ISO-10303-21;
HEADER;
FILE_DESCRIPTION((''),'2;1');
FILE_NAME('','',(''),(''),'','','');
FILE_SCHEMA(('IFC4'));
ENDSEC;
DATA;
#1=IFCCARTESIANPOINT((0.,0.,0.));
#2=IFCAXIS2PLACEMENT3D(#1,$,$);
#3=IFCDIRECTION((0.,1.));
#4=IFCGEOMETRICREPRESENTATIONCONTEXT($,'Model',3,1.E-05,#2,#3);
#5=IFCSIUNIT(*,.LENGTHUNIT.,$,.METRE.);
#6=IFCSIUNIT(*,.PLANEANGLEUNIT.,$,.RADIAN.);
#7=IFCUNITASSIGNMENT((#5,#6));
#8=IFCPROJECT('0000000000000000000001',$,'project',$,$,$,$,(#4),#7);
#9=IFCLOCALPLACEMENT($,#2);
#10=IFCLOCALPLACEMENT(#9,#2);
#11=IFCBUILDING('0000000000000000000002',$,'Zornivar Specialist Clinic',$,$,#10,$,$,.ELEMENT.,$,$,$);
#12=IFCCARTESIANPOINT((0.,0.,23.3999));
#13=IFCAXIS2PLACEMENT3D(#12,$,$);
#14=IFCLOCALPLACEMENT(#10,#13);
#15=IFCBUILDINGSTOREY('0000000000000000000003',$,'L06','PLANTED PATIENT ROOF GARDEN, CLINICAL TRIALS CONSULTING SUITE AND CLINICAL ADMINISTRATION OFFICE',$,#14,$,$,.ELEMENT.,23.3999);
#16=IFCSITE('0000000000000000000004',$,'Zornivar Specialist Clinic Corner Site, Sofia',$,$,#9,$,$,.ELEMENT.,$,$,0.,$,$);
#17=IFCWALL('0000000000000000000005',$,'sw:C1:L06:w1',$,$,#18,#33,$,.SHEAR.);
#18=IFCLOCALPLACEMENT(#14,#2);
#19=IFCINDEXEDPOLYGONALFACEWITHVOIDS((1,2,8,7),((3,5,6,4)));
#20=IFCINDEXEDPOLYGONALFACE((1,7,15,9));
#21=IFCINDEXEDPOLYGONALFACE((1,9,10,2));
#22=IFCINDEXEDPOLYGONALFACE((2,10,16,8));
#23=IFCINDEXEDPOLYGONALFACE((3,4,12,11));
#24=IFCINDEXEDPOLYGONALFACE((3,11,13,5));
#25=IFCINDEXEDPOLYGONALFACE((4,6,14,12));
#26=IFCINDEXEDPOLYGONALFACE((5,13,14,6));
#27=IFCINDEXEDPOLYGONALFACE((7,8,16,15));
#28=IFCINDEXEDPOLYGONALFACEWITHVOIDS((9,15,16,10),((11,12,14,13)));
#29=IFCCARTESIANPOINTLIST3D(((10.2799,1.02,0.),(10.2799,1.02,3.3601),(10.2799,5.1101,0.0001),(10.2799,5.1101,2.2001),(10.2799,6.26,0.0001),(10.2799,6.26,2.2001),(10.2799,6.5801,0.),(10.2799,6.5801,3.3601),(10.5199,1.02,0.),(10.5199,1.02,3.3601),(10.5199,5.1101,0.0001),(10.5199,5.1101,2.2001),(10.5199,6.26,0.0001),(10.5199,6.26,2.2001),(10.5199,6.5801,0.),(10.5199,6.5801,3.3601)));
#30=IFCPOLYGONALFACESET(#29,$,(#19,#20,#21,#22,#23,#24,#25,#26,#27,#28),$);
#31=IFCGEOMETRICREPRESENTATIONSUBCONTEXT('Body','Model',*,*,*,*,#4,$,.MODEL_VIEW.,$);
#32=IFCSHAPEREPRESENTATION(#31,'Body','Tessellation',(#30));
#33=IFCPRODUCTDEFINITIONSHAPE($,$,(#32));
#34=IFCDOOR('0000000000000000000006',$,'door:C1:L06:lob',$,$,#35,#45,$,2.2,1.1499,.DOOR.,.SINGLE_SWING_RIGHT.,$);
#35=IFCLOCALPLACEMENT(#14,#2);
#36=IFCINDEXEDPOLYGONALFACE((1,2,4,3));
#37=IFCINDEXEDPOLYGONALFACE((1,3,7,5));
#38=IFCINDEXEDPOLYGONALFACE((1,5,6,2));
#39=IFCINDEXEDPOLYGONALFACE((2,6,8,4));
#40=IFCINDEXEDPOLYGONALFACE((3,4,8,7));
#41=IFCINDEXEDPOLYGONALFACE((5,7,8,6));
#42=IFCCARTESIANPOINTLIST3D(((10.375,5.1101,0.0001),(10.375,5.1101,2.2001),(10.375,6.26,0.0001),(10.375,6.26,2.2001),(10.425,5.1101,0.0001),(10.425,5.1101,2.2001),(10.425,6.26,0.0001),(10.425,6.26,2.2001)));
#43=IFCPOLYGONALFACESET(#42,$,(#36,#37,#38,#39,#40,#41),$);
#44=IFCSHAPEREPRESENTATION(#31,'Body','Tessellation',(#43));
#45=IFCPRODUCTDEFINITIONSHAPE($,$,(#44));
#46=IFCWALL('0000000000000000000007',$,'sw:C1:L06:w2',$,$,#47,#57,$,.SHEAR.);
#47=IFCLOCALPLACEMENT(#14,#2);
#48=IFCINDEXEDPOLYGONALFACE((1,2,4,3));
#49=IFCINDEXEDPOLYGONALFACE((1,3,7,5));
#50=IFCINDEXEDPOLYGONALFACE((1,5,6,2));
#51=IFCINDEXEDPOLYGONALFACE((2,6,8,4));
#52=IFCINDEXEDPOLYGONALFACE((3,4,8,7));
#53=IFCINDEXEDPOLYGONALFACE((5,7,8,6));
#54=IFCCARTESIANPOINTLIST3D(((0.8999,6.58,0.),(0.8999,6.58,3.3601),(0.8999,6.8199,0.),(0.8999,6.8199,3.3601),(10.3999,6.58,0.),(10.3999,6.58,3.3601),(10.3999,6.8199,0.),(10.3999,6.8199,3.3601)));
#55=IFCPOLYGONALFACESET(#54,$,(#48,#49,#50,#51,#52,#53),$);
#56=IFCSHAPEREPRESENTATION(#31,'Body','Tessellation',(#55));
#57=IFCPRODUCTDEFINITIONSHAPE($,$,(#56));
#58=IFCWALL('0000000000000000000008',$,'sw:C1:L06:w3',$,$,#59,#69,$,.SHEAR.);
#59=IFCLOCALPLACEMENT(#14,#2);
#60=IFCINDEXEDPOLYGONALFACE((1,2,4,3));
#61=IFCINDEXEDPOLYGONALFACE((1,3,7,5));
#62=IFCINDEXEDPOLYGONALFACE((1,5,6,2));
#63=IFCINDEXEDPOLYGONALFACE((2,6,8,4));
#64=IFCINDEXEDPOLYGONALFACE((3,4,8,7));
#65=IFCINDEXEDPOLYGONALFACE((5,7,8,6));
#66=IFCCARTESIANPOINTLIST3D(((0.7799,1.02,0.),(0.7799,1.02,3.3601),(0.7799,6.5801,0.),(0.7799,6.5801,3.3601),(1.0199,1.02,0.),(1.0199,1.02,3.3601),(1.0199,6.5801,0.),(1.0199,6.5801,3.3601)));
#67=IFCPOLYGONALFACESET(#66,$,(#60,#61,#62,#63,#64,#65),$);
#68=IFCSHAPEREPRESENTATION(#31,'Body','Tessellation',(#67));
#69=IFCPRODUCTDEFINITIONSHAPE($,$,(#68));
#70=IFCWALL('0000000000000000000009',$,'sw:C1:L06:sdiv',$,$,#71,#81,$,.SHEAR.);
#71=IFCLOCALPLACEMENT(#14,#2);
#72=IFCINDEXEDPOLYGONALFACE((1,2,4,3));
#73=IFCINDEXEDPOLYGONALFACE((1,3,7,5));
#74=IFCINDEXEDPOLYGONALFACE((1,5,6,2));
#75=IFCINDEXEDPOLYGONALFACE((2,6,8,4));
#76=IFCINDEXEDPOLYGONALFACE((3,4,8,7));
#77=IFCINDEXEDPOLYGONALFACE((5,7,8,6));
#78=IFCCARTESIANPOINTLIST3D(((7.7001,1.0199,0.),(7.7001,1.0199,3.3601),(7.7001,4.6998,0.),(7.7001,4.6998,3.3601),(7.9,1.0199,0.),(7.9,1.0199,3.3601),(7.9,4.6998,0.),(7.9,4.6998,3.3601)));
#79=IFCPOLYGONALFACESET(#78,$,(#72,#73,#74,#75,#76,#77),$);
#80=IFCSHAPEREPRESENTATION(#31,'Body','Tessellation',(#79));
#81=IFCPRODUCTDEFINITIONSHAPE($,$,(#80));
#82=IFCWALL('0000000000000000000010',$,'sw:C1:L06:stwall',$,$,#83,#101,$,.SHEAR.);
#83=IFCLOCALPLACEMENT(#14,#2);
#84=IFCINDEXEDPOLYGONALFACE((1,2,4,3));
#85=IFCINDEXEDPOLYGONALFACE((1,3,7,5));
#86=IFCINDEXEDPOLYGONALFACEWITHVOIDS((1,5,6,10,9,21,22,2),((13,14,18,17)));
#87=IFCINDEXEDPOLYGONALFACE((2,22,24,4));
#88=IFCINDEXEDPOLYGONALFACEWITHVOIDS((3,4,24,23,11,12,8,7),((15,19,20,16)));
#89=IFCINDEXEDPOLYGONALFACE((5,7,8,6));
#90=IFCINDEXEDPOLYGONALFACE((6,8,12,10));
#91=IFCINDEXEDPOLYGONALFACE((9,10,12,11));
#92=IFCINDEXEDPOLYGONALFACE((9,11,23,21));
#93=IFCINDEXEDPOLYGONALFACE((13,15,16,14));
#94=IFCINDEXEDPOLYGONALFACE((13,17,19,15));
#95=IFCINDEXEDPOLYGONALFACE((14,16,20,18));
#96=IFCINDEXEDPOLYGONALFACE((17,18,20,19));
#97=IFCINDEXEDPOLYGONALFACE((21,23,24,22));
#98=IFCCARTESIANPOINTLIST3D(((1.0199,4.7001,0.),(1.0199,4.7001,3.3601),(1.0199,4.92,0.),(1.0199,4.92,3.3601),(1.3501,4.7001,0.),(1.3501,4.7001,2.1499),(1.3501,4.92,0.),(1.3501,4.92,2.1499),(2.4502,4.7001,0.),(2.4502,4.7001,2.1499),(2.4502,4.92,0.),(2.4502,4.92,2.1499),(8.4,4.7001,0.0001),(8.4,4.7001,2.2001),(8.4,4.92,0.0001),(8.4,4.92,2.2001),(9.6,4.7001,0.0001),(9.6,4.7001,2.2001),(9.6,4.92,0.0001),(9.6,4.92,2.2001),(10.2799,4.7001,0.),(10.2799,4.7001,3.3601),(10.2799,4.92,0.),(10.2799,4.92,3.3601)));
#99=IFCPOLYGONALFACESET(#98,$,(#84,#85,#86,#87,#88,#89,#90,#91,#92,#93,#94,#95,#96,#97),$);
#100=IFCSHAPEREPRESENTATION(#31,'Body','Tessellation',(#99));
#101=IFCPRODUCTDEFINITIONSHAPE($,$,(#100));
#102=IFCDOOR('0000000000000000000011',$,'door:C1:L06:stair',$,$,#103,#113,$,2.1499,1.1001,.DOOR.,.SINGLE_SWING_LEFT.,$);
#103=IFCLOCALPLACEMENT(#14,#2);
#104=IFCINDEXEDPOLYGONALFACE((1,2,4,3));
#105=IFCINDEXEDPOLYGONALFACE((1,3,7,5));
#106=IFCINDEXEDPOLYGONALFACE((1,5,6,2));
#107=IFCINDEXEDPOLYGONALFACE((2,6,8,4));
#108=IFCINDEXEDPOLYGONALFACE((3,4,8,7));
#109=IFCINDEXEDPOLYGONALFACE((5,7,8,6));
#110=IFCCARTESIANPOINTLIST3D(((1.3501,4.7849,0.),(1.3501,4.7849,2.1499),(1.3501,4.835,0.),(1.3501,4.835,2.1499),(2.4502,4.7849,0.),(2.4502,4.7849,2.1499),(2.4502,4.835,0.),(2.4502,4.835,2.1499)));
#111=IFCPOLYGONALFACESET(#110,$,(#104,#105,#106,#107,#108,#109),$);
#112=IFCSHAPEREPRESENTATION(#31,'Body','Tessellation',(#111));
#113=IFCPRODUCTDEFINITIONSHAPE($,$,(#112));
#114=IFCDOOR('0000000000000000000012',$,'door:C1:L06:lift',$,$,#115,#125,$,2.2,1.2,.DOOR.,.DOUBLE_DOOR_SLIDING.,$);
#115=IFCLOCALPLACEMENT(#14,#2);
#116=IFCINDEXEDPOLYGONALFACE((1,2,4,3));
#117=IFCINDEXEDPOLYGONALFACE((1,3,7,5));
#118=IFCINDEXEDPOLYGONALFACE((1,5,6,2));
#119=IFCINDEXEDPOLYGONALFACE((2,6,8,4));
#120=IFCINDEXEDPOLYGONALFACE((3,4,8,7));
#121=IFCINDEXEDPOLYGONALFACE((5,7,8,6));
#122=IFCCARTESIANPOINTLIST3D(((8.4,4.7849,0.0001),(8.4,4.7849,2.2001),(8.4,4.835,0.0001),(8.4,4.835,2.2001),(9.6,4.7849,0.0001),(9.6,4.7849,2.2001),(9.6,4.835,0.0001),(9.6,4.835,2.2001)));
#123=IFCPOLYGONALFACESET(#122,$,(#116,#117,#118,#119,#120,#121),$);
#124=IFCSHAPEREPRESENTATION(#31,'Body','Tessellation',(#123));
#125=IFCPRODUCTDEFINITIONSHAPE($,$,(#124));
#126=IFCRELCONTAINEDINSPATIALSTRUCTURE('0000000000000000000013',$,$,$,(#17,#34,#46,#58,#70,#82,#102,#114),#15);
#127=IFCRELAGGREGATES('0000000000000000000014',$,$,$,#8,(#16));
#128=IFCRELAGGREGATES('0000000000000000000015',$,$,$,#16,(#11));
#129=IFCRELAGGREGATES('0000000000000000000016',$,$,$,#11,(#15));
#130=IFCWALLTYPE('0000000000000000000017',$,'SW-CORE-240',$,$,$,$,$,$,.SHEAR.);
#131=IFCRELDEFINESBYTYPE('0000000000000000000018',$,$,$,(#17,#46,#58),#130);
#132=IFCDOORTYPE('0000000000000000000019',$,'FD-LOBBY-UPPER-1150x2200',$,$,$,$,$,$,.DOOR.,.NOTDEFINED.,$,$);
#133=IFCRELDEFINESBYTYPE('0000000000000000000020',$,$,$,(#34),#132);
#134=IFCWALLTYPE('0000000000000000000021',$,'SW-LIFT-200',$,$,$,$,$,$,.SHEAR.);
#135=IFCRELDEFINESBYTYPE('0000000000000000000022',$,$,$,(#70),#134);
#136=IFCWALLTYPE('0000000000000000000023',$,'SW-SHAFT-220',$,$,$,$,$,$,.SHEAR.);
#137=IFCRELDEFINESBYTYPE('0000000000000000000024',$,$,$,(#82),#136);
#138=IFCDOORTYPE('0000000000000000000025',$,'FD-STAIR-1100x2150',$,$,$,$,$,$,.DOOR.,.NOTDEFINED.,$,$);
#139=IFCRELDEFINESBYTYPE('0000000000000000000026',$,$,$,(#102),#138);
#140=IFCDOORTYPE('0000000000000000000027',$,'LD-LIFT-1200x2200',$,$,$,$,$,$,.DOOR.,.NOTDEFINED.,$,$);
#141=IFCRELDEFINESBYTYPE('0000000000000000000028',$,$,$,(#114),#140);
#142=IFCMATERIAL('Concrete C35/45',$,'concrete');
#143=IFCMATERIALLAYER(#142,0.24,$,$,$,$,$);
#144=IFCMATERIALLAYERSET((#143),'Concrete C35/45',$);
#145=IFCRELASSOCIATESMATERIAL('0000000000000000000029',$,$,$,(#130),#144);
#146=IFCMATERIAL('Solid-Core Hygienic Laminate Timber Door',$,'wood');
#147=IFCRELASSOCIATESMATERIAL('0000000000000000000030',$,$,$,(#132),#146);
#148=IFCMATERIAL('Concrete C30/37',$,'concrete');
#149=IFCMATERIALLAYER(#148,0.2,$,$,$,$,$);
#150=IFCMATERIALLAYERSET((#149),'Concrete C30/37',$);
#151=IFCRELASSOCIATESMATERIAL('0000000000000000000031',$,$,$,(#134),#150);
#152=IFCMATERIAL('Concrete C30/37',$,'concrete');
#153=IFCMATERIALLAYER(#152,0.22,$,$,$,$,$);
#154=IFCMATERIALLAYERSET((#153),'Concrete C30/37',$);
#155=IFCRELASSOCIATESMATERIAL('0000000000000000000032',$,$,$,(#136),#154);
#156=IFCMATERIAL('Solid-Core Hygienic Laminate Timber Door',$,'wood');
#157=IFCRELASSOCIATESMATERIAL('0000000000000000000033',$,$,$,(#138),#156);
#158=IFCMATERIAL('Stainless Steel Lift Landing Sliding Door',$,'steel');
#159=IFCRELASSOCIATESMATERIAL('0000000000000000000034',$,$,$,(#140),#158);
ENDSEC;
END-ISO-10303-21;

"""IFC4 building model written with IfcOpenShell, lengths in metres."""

from ifc_helpers import new_model, si_unit, direction, frame, frame_2d, origin, place, context, subcontext, project, spatial, rectangle, extrude, material, layer, layer_set, type_object, element, fill, save


model = new_model("IFC4")

# Units and contexts
model_context = context("Model", 3, precision=1e-05, world=origin(), true_north=direction((0.0, 1.0)))
body_context = subcontext(model_context, "Body", "Model", "MODEL_VIEW")
ifc_project = project(units=[si_unit("LENGTHUNIT", "METRE"), si_unit("PLANEANGLEUNIT", "RADIAN")], contexts=[model_context])

# Site, building, storey
site_placement = place(None, origin())
site = spatial("IfcSite", under=ifc_project, at=site_placement, Name="Zornivar Specialist Clinic Corner Site, Sofia", CompositionType="ELEMENT", RefElevation=0.0)
building_placement = place(site_placement, origin())
building = spatial("IfcBuilding", under=site, at=building_placement, Name="Zornivar Specialist Clinic", CompositionType="ELEMENT")
storey_placement = place(building_placement, frame((0.0, 0.0, 23.3999)))
storey = spatial("IfcBuildingStorey", under=building, at=storey_placement, Name="L06", Description="PLANTED PATIENT ROOF GARDEN, CLINICAL TRIALS CONSULTING SUITE AND CLINICAL ADMINISTRATION OFFICE", CompositionType="ELEMENT", Elevation=23.3999)

# Wall, opening, door
ifc_material_1 = material(Name="Concrete C35/45", Category="concrete")
ifc_layer_1 = layer(ifc_material_1, 0.24)
ifc_layer_set_1 = layer_set([ifc_layer_1], Name="Concrete C35/45")
wall_type_1 = type_object("IfcWallType", Name="SW-CORE-240", PredefinedType="SHEAR", material=ifc_layer_set_1)
wall_1_placement = place(storey_placement, frame((10.3999, 1.02, 0.0), z_axis=(0.0, 0.0, 1.0), x_axis=(0.0, 1.0, 0.0)))
wall_1 = element("IfcWall", 1, at=wall_1_placement, inside=storey, type_object=wall_type_1, Name="sw:C1:L06:w1", PredefinedType="SHEAR", context=body_context, shape_type="SweptSolid", body=[
    extrude(rectangle(XDim=5.5601, YDim=0.24, at=frame_2d((2.78, 0.0))), origin(), (0.0, 0.0, 1.0), 3.3601),
])
opening_1_placement = place(wall_1_placement, frame((4.0901, 0.0, 0.0)))
opening_1 = element("IfcOpeningElement", 2, at=opening_1_placement, cuts=wall_1, PredefinedType="OPENING", context=body_context, shape_type="SweptSolid", body=[
    extrude(rectangle(XDim=1.1499, YDim=2.2, at=frame_2d((0.575, 1.1001))), frame((0.0, 0.1299, 0.0), z_axis=(0.0, -1.0, 0.0), x_axis=(1.0, 0.0, 0.0)), (0.0, 0.0, 1.0), 0.26),
])
ifc_material_2 = material(Name="Solid-Core Hygienic Laminate Timber Door", Category="wood")
door_type_1 = type_object("IfcDoorType", Name="FD-LOBBY-UPPER-1150x2200", OperationType="NOTDEFINED", PredefinedType="DOOR", material=ifc_material_2)
door_1_placement = place(opening_1_placement, origin())
door_1 = element("IfcDoor", 3, at=door_1_placement, inside=storey, type_object=door_type_1, Name="door:C1:L06:lob", OperationType="SINGLE_SWING_RIGHT", OverallHeight=2.2, OverallWidth=1.1499, PredefinedType="DOOR", context=body_context, shape_type="SweptSolid", body=[
    extrude(rectangle(XDim=1.1499, YDim=2.2, at=frame_2d((0.575, 1.1001))), frame((0.0, 0.0249, 0.0), z_axis=(0.0, -1.0, 0.0), x_axis=(1.0, 0.0, 0.0)), (0.0, 0.0, 1.0), 0.05),
])
fill(opening_1, door_1)

# Walls
wall_2_placement = place(storey_placement, frame((10.3999, 6.7, 0.0), z_axis=(0.0, 0.0, 1.0), x_axis=(-1.0, 0.0, 0.0)))
element("IfcWall", 4, at=wall_2_placement, inside=storey, type_object=wall_type_1, Name="sw:C1:L06:w2", PredefinedType="SHEAR", context=body_context, shape_type="SweptSolid", body=[
    extrude(rectangle(XDim=9.5, YDim=0.24, at=frame_2d((4.75, 0.0))), origin(), (0.0, 0.0, 1.0), 3.3601),
])
wall_3_placement = place(storey_placement, frame((0.8999, 6.5801, 0.0), z_axis=(0.0, 0.0, 1.0), x_axis=(0.0, -1.0, 0.0)))
element("IfcWall", 5, at=wall_3_placement, inside=storey, type_object=wall_type_1, Name="sw:C1:L06:w3", PredefinedType="SHEAR", context=body_context, shape_type="SweptSolid", body=[
    extrude(rectangle(XDim=5.5601, YDim=0.24, at=frame_2d((2.78, 0.0))), origin(), (0.0, 0.0, 1.0), 3.3601),
])
ifc_material_3 = material(Name="Concrete C30/37", Category="concrete")
ifc_layer_2 = layer(ifc_material_3, 0.2)
ifc_layer_set_2 = layer_set([ifc_layer_2], Name="Concrete C30/37")
wall_type_2 = type_object("IfcWallType", Name="SW-LIFT-200", PredefinedType="SHEAR", material=ifc_layer_set_2)
wall_4_placement = place(storey_placement, frame((7.8, 1.02, 0.0), z_axis=(0.0, 0.0, 1.0), x_axis=(0.0, 1.0, 0.0)))
element("IfcWall", 6, at=wall_4_placement, inside=storey, type_object=wall_type_2, Name="sw:C1:L06:sdiv", PredefinedType="SHEAR", context=body_context, shape_type="SweptSolid", body=[
    extrude(rectangle(XDim=3.6799, YDim=0.2, at=frame_2d((1.8398, 0.0))), origin(), (0.0, 0.0, 1.0), 3.3601),
])

# Wall, openings, doors
ifc_material_4 = material(Name="Concrete C30/37", Category="concrete")
ifc_layer_3 = layer(ifc_material_4, 0.22)
ifc_layer_set_3 = layer_set([ifc_layer_3], Name="Concrete C30/37")
wall_type_3 = type_object("IfcWallType", Name="SW-SHAFT-220", PredefinedType="SHEAR", material=ifc_layer_set_3)
wall_5_placement = place(storey_placement, frame((1.02, 4.8101, 0.0), z_axis=(0.0, 0.0, 1.0), x_axis=(1.0, 0.0, 0.0)))
wall_5 = element("IfcWall", 7, at=wall_5_placement, inside=storey, type_object=wall_type_3, Name="sw:C1:L06:stwall", PredefinedType="SHEAR", context=body_context, shape_type="SweptSolid", body=[
    extrude(rectangle(XDim=9.26, YDim=0.22, at=frame_2d((4.6299, 0.0))), origin(), (0.0, 0.0, 1.0), 3.3601),
])
opening_2_placement = place(wall_5_placement, frame((0.3301, 0.0, 0.0)))
opening_2 = element("IfcOpeningElement", 8, at=opening_2_placement, cuts=wall_5, PredefinedType="OPENING", context=body_context, shape_type="SweptSolid", body=[
    extrude(rectangle(XDim=1.1001, YDim=2.1499, at=frame_2d((0.55, 1.075))), frame((0.0, 0.1199, 0.0), z_axis=(0.0, -1.0, 0.0), x_axis=(1.0, 0.0, 0.0)), (0.0, 0.0, 1.0), 0.24),
])
opening_3_placement = place(wall_5_placement, frame((7.3799, 0.0, 0.0)))
opening_3 = element("IfcOpeningElement", 9, at=opening_3_placement, cuts=wall_5, PredefinedType="OPENING", context=body_context, shape_type="SweptSolid", body=[
    extrude(rectangle(XDim=1.2, YDim=2.2, at=frame_2d((0.6001, 1.1001))), frame((0.0, 0.1199, 0.0), z_axis=(0.0, -1.0, 0.0), x_axis=(1.0, 0.0, 0.0)), (0.0, 0.0, 1.0), 0.24),
])
ifc_material_5 = material(Name="Solid-Core Hygienic Laminate Timber Door", Category="wood")
door_type_2 = type_object("IfcDoorType", Name="FD-STAIR-1100x2150", OperationType="NOTDEFINED", PredefinedType="DOOR", material=ifc_material_5)
door_2_placement = place(opening_2_placement, origin())
door_2 = element("IfcDoor", 10, at=door_2_placement, inside=storey, type_object=door_type_2, Name="door:C1:L06:stair", OperationType="SINGLE_SWING_LEFT", OverallHeight=2.1499, OverallWidth=1.1001, PredefinedType="DOOR", context=body_context, shape_type="SweptSolid", body=[
    extrude(rectangle(XDim=1.1001, YDim=2.1499, at=frame_2d((0.55, 1.075))), frame((0.0, 0.0249, 0.0), z_axis=(0.0, -1.0, 0.0), x_axis=(1.0, 0.0, 0.0)), (0.0, 0.0, 1.0), 0.05),
])
fill(opening_2, door_2)
ifc_material_6 = material(Name="Stainless Steel Lift Landing Sliding Door", Category="steel")
door_type_3 = type_object("IfcDoorType", Name="LD-LIFT-1200x2200", OperationType="NOTDEFINED", PredefinedType="DOOR", material=ifc_material_6)
door_3_placement = place(opening_3_placement, origin())
door_3 = element("IfcDoor", 11, at=door_3_placement, inside=storey, type_object=door_type_3, Name="door:C1:L06:lift", OperationType="DOUBLE_DOOR_SLIDING", OverallHeight=2.2, OverallWidth=1.2, PredefinedType="DOOR", context=body_context, shape_type="SweptSolid", body=[
    extrude(rectangle(XDim=1.2, YDim=2.2, at=frame_2d((0.6001, 1.1001))), frame((0.0, 0.0249, 0.0), z_axis=(0.0, -1.0, 0.0), x_axis=(1.0, 0.0, 0.0)), (0.0, 0.0, 1.0), 0.05),
])
fill(opening_3, door_3)

save(model, "model.ifc")
